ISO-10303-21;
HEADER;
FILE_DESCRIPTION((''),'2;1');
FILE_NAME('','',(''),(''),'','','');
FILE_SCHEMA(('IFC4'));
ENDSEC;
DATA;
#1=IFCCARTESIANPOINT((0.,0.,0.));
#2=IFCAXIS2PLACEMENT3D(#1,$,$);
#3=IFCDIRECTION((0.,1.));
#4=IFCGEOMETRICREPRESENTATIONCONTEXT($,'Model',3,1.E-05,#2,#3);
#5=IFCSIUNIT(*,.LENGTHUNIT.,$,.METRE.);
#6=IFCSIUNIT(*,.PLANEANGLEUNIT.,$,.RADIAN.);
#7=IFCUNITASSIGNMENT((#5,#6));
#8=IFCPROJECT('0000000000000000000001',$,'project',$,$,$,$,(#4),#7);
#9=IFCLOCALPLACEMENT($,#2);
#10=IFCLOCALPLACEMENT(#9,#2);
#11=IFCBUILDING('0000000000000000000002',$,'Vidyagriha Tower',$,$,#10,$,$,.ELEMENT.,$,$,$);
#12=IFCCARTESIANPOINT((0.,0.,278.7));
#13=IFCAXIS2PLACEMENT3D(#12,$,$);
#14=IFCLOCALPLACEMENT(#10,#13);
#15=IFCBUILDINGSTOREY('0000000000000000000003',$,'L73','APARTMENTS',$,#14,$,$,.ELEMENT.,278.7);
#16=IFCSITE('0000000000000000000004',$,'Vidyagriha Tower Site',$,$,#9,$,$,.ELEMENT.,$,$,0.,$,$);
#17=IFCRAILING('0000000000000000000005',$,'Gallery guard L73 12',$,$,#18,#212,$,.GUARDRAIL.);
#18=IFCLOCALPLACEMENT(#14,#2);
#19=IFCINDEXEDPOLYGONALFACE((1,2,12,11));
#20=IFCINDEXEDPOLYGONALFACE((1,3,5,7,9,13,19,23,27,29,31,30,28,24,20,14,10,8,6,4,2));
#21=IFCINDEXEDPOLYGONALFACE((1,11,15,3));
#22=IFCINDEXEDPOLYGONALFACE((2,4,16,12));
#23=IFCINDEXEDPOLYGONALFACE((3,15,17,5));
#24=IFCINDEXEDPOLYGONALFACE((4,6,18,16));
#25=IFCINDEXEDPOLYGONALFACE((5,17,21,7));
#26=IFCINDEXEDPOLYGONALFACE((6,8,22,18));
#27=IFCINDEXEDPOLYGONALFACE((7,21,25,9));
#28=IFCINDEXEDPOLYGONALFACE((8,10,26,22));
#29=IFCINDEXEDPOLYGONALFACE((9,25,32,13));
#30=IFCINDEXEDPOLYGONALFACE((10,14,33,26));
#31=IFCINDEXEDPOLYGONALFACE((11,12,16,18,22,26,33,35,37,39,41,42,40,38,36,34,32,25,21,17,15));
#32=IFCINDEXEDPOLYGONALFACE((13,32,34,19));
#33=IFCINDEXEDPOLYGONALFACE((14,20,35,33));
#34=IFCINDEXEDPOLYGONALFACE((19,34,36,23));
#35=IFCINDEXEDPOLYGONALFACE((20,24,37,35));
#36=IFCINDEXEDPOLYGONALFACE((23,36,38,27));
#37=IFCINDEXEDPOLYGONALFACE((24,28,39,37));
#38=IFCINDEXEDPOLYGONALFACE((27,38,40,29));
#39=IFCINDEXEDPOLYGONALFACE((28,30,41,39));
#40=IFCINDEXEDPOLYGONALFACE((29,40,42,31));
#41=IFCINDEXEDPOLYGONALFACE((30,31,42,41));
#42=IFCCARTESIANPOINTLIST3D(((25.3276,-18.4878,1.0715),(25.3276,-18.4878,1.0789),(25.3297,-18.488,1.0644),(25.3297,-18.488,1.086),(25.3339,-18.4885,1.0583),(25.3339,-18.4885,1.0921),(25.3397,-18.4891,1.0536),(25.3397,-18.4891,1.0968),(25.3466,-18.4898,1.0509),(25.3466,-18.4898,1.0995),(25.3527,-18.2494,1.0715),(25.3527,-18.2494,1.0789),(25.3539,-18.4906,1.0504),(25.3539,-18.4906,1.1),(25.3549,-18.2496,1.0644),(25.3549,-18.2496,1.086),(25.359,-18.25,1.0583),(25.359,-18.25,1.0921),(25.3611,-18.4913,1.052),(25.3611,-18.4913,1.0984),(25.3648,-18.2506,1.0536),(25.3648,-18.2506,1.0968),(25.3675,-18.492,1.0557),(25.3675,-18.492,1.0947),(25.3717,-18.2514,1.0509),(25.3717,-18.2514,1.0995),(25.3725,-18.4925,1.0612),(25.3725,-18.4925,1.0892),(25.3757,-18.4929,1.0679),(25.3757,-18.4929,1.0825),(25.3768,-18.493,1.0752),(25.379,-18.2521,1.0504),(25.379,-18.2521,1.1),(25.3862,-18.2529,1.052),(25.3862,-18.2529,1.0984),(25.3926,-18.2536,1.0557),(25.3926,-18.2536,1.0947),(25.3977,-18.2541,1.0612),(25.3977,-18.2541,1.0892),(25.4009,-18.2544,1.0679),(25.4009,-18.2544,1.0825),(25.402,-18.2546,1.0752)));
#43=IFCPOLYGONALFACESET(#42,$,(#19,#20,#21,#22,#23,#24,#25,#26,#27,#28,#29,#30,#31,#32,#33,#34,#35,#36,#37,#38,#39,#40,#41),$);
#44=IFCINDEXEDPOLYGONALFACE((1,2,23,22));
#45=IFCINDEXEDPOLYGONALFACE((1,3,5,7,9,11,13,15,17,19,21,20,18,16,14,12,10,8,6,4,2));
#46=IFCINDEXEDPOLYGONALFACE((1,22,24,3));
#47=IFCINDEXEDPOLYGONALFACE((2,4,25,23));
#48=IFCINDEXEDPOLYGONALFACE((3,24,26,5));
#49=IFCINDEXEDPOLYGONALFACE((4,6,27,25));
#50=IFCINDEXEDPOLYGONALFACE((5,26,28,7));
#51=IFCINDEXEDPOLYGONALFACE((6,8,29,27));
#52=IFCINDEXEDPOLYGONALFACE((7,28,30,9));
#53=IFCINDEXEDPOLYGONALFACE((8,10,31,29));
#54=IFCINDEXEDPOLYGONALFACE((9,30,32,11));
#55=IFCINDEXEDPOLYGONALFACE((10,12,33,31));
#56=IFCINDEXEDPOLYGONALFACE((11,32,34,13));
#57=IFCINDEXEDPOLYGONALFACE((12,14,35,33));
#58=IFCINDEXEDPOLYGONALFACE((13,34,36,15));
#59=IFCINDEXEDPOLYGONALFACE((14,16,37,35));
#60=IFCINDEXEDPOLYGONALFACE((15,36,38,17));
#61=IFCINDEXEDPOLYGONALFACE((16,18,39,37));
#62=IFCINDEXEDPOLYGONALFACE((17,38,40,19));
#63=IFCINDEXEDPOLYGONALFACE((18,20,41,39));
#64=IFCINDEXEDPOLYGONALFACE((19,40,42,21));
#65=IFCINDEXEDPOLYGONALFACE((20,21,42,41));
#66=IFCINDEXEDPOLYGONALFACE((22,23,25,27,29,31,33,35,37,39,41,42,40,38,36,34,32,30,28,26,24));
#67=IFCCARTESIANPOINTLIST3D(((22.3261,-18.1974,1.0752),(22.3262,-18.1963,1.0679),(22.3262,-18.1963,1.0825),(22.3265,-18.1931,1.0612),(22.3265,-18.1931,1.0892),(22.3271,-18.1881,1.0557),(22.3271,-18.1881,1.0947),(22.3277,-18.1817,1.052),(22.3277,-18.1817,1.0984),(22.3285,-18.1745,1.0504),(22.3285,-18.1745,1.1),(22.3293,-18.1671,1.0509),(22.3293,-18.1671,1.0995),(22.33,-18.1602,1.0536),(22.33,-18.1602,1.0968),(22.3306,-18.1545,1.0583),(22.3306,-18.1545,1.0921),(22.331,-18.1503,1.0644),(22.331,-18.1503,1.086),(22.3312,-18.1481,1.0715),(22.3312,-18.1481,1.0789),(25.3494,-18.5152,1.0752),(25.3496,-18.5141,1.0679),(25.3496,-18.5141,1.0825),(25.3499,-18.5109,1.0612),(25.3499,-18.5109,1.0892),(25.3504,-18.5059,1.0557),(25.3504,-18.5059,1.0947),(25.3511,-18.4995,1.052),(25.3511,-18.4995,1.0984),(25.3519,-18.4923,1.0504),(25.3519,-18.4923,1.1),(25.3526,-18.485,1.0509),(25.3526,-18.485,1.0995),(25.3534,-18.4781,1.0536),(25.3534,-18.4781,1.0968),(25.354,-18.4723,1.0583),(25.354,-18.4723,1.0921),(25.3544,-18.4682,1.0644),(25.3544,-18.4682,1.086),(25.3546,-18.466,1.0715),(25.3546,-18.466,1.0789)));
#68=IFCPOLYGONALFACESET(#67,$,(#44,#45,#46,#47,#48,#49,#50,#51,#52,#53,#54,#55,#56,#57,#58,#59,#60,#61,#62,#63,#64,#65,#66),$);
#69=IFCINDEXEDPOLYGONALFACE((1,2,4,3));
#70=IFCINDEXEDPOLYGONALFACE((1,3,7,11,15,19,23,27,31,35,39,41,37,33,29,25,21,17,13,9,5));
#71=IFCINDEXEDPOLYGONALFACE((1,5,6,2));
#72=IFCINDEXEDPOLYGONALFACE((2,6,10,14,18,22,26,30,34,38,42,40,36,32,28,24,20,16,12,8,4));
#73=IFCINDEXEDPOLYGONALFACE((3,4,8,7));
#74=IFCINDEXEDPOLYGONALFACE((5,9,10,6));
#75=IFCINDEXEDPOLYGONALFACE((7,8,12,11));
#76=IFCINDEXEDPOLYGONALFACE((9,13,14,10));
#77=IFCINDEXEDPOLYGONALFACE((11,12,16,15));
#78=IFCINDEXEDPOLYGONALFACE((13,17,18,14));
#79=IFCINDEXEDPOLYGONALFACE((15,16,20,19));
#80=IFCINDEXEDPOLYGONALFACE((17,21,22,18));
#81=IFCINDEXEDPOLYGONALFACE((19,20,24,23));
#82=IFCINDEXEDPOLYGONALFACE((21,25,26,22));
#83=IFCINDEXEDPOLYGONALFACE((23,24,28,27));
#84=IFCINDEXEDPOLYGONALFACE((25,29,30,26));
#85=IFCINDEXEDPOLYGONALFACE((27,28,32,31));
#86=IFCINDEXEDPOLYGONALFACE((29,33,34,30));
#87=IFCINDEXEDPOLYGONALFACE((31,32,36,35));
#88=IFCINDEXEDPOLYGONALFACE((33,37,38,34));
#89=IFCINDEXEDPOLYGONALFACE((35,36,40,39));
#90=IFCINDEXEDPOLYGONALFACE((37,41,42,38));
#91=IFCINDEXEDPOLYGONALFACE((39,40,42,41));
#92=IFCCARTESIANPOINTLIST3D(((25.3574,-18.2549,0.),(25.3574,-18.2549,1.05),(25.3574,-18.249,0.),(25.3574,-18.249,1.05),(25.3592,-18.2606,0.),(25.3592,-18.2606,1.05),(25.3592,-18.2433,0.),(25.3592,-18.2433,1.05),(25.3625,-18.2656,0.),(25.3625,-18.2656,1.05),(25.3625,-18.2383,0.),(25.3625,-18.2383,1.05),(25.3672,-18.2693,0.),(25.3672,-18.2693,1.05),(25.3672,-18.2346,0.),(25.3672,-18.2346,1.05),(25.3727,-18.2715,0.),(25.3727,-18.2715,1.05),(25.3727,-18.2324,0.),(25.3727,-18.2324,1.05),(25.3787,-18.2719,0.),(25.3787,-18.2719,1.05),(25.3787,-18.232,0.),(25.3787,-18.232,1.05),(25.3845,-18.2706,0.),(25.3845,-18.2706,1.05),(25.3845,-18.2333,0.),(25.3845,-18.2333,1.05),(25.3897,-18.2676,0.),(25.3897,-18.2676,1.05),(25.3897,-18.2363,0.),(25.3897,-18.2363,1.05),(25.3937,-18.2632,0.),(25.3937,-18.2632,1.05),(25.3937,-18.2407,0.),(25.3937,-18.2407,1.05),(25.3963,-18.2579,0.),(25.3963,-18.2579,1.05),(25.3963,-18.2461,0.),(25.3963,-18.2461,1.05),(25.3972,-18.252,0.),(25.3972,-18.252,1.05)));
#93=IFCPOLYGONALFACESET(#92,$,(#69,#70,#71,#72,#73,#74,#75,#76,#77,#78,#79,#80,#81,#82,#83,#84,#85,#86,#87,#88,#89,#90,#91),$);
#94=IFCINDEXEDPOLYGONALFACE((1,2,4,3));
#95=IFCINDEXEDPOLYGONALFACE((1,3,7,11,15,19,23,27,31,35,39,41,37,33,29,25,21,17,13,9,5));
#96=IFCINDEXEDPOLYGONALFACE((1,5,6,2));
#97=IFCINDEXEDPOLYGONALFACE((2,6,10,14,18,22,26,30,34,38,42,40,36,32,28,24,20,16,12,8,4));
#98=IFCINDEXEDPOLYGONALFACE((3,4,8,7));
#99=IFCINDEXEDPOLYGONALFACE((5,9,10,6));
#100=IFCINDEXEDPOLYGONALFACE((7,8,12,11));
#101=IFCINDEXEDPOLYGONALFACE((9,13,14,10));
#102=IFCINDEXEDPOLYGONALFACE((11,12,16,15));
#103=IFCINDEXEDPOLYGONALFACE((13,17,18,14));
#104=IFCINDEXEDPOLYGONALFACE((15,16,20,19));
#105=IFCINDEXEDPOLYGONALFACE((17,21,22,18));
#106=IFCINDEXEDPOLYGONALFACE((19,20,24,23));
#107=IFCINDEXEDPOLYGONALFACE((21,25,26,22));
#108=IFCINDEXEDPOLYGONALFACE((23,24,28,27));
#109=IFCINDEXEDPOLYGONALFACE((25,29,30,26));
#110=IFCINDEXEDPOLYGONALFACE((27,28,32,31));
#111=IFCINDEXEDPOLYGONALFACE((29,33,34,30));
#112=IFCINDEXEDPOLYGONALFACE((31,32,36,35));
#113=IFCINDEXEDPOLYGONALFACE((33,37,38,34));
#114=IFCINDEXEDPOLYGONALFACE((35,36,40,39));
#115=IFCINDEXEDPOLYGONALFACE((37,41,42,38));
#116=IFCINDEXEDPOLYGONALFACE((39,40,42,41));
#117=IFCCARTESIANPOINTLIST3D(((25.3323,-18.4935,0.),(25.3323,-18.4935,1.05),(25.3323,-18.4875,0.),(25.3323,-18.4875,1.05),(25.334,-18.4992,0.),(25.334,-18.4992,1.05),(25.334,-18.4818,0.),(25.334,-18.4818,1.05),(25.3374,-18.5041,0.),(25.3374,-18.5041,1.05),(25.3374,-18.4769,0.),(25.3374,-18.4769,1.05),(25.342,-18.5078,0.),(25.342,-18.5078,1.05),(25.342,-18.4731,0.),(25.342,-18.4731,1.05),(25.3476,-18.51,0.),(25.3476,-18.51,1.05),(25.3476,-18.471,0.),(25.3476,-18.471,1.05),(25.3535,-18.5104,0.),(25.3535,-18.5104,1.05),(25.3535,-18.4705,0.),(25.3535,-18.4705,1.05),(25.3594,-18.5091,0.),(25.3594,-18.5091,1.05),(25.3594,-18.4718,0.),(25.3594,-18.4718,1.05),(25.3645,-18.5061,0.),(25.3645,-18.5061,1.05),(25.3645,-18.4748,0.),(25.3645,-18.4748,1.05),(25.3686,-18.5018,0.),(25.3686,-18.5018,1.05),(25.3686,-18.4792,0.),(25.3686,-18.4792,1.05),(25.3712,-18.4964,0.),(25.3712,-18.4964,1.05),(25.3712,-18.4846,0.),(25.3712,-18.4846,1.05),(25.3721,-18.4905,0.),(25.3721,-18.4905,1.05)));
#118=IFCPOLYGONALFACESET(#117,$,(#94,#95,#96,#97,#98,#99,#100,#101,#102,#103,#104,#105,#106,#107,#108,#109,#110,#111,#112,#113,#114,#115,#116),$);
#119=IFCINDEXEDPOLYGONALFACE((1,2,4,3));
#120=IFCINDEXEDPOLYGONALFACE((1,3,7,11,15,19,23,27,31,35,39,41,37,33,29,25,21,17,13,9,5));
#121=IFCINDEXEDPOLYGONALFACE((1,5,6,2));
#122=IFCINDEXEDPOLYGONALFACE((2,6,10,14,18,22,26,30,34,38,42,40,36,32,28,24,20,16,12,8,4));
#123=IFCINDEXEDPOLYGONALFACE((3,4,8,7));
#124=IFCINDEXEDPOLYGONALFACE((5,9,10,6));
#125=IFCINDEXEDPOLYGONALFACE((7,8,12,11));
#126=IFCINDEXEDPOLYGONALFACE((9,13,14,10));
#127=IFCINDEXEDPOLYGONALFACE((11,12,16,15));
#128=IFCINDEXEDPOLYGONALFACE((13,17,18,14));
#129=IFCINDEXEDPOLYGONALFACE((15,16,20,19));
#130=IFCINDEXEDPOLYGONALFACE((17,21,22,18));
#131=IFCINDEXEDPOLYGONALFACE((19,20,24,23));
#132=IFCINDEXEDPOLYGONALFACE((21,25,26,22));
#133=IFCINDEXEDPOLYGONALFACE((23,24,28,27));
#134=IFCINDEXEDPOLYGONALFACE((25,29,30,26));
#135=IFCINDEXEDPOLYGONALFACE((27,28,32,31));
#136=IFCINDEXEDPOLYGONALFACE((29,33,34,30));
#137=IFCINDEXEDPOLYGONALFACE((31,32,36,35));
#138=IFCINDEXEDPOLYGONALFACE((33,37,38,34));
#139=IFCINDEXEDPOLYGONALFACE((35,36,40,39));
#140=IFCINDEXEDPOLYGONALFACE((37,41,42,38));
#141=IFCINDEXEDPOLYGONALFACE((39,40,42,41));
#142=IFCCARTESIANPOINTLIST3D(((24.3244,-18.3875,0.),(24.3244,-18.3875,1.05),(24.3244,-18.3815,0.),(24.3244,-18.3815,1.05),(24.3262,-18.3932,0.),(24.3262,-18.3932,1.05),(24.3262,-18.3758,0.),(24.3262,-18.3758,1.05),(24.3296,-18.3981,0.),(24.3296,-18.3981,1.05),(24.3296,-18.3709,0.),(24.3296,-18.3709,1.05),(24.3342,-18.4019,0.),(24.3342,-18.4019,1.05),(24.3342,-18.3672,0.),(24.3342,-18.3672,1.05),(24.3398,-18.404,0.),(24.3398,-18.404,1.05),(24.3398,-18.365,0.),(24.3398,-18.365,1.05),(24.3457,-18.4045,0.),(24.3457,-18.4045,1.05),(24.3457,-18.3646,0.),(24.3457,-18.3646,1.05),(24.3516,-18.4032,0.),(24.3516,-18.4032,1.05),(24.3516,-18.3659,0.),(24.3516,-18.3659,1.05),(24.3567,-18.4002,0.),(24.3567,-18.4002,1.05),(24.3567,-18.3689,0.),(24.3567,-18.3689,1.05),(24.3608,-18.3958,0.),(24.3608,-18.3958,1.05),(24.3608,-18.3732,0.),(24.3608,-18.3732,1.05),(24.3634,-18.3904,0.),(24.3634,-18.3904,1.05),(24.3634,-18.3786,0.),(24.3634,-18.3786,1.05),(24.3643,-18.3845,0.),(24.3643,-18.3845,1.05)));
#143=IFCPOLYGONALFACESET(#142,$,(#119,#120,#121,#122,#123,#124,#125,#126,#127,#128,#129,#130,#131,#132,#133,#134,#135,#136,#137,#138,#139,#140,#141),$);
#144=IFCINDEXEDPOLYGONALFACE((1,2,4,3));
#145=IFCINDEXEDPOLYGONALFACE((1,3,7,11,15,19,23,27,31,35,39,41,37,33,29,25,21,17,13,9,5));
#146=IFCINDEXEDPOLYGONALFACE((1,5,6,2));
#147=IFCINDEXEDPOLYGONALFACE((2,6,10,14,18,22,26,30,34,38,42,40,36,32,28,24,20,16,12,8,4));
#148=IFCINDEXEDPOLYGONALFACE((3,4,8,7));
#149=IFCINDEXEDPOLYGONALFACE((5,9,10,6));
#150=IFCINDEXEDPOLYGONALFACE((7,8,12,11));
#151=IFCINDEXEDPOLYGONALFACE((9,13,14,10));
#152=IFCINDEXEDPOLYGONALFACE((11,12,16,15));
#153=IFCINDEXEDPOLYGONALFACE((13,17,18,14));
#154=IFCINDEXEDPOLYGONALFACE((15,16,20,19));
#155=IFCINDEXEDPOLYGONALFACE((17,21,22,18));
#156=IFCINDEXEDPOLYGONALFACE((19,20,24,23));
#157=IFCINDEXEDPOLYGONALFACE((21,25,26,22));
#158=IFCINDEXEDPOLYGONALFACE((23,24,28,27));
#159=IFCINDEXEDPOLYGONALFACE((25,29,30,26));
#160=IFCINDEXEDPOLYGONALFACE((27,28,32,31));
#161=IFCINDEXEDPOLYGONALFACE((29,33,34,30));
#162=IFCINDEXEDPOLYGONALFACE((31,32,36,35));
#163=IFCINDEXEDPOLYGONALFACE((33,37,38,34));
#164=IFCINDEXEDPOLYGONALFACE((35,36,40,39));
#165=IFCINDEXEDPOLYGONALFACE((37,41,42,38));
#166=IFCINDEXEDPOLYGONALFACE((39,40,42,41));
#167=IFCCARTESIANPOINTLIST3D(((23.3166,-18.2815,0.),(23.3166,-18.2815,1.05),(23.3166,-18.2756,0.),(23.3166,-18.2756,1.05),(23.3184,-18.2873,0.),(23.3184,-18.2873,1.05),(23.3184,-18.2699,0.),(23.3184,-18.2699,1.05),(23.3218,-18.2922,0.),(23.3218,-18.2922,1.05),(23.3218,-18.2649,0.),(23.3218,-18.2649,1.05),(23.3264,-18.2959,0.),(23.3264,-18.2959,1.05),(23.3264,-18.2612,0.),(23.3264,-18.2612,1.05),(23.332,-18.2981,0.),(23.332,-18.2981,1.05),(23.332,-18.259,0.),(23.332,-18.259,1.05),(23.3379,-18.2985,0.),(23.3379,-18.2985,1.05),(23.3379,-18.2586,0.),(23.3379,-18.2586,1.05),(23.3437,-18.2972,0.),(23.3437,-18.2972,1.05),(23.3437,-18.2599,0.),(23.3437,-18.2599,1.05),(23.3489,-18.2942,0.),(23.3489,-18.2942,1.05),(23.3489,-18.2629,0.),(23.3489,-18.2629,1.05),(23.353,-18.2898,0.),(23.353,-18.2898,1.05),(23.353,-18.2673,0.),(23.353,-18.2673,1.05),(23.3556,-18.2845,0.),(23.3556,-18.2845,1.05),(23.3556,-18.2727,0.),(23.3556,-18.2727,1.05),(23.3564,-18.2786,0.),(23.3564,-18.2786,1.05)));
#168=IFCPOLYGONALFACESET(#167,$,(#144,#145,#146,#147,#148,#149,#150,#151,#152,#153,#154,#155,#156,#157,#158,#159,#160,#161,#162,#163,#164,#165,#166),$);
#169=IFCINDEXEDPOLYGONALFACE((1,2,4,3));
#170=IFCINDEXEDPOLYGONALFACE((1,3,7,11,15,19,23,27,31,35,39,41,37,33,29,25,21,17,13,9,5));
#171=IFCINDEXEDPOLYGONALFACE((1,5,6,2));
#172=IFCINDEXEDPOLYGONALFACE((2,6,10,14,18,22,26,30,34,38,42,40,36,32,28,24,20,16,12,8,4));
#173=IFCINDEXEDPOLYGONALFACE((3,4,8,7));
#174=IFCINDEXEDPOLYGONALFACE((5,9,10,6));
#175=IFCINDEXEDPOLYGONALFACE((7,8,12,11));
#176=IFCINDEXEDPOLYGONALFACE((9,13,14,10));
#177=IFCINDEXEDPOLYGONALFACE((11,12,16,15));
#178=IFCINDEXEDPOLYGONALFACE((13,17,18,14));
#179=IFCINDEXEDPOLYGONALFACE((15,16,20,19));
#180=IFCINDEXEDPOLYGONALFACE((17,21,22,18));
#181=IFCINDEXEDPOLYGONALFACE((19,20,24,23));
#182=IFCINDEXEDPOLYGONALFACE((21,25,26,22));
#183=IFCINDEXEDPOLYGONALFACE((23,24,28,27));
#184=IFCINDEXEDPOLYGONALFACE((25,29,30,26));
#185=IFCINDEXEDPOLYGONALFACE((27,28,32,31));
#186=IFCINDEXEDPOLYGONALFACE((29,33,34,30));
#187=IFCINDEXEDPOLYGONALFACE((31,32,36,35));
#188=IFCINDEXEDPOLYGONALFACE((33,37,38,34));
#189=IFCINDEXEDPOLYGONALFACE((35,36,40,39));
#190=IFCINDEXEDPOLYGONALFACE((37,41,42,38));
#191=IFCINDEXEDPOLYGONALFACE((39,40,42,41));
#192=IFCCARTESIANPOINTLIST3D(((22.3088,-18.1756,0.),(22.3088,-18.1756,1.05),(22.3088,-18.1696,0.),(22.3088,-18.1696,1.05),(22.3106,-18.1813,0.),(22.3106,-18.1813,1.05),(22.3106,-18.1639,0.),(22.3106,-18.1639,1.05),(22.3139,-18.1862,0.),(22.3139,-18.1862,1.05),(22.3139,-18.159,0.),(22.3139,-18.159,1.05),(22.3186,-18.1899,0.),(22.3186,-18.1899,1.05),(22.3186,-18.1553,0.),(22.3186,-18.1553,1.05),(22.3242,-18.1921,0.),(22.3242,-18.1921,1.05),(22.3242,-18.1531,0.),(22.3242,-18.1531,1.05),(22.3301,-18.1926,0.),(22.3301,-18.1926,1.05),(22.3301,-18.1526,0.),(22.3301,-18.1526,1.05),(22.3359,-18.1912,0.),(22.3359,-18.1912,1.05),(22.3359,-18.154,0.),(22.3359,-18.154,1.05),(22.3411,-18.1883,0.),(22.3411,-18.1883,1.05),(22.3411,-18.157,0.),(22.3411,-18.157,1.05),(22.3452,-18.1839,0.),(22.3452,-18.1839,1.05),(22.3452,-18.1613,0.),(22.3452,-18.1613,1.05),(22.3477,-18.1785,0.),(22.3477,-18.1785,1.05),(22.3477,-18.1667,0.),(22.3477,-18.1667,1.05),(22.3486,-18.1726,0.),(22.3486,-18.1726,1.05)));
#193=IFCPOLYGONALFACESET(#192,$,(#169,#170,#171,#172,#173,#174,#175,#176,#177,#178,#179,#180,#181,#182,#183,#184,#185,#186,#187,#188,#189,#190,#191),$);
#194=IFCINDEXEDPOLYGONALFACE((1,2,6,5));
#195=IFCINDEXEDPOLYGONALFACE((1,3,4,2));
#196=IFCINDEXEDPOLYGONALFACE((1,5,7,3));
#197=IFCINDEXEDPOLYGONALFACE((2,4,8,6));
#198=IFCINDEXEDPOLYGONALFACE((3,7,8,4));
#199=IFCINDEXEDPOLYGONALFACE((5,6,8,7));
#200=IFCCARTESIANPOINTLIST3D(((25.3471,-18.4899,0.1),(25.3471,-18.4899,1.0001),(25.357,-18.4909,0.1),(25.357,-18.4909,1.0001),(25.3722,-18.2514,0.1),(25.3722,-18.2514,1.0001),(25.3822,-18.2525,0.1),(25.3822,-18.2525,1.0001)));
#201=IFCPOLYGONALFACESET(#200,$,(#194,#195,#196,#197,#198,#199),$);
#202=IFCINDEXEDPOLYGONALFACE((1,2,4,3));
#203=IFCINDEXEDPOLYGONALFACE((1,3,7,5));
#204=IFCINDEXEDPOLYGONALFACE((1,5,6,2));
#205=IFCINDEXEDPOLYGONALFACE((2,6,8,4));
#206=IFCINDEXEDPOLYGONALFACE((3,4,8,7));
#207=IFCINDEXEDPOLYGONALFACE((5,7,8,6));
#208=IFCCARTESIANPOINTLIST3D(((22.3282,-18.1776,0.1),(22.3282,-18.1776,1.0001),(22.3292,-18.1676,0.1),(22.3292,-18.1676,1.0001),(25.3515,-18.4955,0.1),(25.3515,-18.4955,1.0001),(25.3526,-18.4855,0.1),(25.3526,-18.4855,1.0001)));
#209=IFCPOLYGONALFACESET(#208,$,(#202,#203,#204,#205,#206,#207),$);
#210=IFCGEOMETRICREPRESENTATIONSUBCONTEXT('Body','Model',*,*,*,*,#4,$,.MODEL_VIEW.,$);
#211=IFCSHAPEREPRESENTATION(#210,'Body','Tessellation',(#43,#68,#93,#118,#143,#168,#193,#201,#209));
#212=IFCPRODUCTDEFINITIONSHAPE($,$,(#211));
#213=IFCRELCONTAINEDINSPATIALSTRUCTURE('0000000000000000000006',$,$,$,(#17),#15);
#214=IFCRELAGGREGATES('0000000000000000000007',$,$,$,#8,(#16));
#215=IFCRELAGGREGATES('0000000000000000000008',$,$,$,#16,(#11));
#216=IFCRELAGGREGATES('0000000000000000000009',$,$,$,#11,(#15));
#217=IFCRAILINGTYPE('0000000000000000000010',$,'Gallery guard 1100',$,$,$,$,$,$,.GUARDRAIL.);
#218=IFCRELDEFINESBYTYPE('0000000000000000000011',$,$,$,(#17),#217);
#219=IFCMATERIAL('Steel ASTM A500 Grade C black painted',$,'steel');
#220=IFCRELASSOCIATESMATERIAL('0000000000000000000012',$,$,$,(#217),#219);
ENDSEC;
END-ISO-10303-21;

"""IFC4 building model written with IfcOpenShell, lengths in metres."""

from ifc_helpers import new_model, si_unit, direction, frame, origin, origin_2d, place, context, subcontext, project, spatial, rectangle, circle, extrude, material, type_object, element, save


model = new_model("IFC4")

# Units and contexts
model_context = context("Model", 3, precision=1e-05, world=origin(), true_north=direction((0.0, 1.0)))
body_context = subcontext(model_context, "Body", "Model", "MODEL_VIEW")
ifc_project = project(units=[si_unit("LENGTHUNIT", "METRE"), si_unit("PLANEANGLEUNIT", "RADIAN")], contexts=[model_context])

# Site, building, storey
site_placement = place(None, origin())
site = spatial("IfcSite", under=ifc_project, at=site_placement, Name="Vidyagriha Tower Site", CompositionType="ELEMENT", RefElevation=0.0)
building_placement = place(site_placement, origin())
building = spatial("IfcBuilding", under=site, at=building_placement, Name="Vidyagriha Tower", CompositionType="ELEMENT")
storey_placement = place(building_placement, frame((0.0, 0.0, 278.7)))
storey = spatial("IfcBuildingStorey", under=building, at=storey_placement, Name="L73", Description="APARTMENTS", CompositionType="ELEMENT", Elevation=278.7)

# Railing
ifc_material_1 = material(Name="Steel ASTM A500 Grade C black painted", Category="steel")
railing_type_1 = type_object("IfcRailingType", Name="Gallery guard 1100", PredefinedType="GUARDRAIL", material=ifc_material_1)
railing_1_placement = place(storey_placement, frame((25.3772, -18.252, 0.0)))
element("IfcRailing", 1, at=railing_1_placement, inside=storey, type_object=railing_type_1, Name="Gallery guard L73 12", PredefinedType="GUARDRAIL", context=body_context, shape_type="SweptSolid", body=[
    extrude(circle(Radius=0.0249, at=origin_2d()), frame((0.0, 0.0, 1.0752), z_axis=(-0.104844, -0.994489, 0.0), x_axis=(0.994489, -0.104844, 0.0)), (0.0, 0.0, 1.0), 0.2397),
    extrude(circle(Radius=0.0249, at=origin_2d()), frame((-0.0251, -0.2385, 1.0752), z_axis=(-0.994519, 0.104559, 0.0), x_axis=(-0.104559, -0.994519, 0.0)), (0.0, 0.0, 1.0), 3.04),
    extrude(circle(Radius=0.02, at=origin_2d()), origin(), (0.0, 0.0, 1.0), 1.05),
    extrude(circle(Radius=0.02, at=origin_2d()), frame((-0.0251, -0.2385, 0.0)), (0.0, 0.0, 1.0), 1.05),
    extrude(circle(Radius=0.02, at=origin_2d()), frame((-1.033, -0.1326, 0.0)), (0.0, 0.0, 1.0), 1.05),
    extrude(circle(Radius=0.02, at=origin_2d()), frame((-2.0408, -0.0266, 0.0)), (0.0, 0.0, 1.0), 1.05),
    extrude(circle(Radius=0.02, at=origin_2d()), frame((-3.0486, 0.0793, 0.0)), (0.0, 0.0, 1.0), 1.05),
    extrude(rectangle(XDim=0.01, YDim=0.9001, at=origin_2d()), frame((0.0, 0.0, 0.55), z_axis=(-0.104844, -0.994489, 0.0), x_axis=(0.994489, -0.104844, 0.0)), (0.0, 0.0, 1.0), 0.2397),
    extrude(rectangle(XDim=0.01, YDim=0.9001, at=origin_2d()), frame((-0.0251, -0.2385, 0.55), z_axis=(-0.994519, 0.104559, 0.0), x_axis=(-0.104559, -0.994519, 0.0)), (0.0, 0.0, 1.0), 3.04),
])

save(model, "model.ifc")
